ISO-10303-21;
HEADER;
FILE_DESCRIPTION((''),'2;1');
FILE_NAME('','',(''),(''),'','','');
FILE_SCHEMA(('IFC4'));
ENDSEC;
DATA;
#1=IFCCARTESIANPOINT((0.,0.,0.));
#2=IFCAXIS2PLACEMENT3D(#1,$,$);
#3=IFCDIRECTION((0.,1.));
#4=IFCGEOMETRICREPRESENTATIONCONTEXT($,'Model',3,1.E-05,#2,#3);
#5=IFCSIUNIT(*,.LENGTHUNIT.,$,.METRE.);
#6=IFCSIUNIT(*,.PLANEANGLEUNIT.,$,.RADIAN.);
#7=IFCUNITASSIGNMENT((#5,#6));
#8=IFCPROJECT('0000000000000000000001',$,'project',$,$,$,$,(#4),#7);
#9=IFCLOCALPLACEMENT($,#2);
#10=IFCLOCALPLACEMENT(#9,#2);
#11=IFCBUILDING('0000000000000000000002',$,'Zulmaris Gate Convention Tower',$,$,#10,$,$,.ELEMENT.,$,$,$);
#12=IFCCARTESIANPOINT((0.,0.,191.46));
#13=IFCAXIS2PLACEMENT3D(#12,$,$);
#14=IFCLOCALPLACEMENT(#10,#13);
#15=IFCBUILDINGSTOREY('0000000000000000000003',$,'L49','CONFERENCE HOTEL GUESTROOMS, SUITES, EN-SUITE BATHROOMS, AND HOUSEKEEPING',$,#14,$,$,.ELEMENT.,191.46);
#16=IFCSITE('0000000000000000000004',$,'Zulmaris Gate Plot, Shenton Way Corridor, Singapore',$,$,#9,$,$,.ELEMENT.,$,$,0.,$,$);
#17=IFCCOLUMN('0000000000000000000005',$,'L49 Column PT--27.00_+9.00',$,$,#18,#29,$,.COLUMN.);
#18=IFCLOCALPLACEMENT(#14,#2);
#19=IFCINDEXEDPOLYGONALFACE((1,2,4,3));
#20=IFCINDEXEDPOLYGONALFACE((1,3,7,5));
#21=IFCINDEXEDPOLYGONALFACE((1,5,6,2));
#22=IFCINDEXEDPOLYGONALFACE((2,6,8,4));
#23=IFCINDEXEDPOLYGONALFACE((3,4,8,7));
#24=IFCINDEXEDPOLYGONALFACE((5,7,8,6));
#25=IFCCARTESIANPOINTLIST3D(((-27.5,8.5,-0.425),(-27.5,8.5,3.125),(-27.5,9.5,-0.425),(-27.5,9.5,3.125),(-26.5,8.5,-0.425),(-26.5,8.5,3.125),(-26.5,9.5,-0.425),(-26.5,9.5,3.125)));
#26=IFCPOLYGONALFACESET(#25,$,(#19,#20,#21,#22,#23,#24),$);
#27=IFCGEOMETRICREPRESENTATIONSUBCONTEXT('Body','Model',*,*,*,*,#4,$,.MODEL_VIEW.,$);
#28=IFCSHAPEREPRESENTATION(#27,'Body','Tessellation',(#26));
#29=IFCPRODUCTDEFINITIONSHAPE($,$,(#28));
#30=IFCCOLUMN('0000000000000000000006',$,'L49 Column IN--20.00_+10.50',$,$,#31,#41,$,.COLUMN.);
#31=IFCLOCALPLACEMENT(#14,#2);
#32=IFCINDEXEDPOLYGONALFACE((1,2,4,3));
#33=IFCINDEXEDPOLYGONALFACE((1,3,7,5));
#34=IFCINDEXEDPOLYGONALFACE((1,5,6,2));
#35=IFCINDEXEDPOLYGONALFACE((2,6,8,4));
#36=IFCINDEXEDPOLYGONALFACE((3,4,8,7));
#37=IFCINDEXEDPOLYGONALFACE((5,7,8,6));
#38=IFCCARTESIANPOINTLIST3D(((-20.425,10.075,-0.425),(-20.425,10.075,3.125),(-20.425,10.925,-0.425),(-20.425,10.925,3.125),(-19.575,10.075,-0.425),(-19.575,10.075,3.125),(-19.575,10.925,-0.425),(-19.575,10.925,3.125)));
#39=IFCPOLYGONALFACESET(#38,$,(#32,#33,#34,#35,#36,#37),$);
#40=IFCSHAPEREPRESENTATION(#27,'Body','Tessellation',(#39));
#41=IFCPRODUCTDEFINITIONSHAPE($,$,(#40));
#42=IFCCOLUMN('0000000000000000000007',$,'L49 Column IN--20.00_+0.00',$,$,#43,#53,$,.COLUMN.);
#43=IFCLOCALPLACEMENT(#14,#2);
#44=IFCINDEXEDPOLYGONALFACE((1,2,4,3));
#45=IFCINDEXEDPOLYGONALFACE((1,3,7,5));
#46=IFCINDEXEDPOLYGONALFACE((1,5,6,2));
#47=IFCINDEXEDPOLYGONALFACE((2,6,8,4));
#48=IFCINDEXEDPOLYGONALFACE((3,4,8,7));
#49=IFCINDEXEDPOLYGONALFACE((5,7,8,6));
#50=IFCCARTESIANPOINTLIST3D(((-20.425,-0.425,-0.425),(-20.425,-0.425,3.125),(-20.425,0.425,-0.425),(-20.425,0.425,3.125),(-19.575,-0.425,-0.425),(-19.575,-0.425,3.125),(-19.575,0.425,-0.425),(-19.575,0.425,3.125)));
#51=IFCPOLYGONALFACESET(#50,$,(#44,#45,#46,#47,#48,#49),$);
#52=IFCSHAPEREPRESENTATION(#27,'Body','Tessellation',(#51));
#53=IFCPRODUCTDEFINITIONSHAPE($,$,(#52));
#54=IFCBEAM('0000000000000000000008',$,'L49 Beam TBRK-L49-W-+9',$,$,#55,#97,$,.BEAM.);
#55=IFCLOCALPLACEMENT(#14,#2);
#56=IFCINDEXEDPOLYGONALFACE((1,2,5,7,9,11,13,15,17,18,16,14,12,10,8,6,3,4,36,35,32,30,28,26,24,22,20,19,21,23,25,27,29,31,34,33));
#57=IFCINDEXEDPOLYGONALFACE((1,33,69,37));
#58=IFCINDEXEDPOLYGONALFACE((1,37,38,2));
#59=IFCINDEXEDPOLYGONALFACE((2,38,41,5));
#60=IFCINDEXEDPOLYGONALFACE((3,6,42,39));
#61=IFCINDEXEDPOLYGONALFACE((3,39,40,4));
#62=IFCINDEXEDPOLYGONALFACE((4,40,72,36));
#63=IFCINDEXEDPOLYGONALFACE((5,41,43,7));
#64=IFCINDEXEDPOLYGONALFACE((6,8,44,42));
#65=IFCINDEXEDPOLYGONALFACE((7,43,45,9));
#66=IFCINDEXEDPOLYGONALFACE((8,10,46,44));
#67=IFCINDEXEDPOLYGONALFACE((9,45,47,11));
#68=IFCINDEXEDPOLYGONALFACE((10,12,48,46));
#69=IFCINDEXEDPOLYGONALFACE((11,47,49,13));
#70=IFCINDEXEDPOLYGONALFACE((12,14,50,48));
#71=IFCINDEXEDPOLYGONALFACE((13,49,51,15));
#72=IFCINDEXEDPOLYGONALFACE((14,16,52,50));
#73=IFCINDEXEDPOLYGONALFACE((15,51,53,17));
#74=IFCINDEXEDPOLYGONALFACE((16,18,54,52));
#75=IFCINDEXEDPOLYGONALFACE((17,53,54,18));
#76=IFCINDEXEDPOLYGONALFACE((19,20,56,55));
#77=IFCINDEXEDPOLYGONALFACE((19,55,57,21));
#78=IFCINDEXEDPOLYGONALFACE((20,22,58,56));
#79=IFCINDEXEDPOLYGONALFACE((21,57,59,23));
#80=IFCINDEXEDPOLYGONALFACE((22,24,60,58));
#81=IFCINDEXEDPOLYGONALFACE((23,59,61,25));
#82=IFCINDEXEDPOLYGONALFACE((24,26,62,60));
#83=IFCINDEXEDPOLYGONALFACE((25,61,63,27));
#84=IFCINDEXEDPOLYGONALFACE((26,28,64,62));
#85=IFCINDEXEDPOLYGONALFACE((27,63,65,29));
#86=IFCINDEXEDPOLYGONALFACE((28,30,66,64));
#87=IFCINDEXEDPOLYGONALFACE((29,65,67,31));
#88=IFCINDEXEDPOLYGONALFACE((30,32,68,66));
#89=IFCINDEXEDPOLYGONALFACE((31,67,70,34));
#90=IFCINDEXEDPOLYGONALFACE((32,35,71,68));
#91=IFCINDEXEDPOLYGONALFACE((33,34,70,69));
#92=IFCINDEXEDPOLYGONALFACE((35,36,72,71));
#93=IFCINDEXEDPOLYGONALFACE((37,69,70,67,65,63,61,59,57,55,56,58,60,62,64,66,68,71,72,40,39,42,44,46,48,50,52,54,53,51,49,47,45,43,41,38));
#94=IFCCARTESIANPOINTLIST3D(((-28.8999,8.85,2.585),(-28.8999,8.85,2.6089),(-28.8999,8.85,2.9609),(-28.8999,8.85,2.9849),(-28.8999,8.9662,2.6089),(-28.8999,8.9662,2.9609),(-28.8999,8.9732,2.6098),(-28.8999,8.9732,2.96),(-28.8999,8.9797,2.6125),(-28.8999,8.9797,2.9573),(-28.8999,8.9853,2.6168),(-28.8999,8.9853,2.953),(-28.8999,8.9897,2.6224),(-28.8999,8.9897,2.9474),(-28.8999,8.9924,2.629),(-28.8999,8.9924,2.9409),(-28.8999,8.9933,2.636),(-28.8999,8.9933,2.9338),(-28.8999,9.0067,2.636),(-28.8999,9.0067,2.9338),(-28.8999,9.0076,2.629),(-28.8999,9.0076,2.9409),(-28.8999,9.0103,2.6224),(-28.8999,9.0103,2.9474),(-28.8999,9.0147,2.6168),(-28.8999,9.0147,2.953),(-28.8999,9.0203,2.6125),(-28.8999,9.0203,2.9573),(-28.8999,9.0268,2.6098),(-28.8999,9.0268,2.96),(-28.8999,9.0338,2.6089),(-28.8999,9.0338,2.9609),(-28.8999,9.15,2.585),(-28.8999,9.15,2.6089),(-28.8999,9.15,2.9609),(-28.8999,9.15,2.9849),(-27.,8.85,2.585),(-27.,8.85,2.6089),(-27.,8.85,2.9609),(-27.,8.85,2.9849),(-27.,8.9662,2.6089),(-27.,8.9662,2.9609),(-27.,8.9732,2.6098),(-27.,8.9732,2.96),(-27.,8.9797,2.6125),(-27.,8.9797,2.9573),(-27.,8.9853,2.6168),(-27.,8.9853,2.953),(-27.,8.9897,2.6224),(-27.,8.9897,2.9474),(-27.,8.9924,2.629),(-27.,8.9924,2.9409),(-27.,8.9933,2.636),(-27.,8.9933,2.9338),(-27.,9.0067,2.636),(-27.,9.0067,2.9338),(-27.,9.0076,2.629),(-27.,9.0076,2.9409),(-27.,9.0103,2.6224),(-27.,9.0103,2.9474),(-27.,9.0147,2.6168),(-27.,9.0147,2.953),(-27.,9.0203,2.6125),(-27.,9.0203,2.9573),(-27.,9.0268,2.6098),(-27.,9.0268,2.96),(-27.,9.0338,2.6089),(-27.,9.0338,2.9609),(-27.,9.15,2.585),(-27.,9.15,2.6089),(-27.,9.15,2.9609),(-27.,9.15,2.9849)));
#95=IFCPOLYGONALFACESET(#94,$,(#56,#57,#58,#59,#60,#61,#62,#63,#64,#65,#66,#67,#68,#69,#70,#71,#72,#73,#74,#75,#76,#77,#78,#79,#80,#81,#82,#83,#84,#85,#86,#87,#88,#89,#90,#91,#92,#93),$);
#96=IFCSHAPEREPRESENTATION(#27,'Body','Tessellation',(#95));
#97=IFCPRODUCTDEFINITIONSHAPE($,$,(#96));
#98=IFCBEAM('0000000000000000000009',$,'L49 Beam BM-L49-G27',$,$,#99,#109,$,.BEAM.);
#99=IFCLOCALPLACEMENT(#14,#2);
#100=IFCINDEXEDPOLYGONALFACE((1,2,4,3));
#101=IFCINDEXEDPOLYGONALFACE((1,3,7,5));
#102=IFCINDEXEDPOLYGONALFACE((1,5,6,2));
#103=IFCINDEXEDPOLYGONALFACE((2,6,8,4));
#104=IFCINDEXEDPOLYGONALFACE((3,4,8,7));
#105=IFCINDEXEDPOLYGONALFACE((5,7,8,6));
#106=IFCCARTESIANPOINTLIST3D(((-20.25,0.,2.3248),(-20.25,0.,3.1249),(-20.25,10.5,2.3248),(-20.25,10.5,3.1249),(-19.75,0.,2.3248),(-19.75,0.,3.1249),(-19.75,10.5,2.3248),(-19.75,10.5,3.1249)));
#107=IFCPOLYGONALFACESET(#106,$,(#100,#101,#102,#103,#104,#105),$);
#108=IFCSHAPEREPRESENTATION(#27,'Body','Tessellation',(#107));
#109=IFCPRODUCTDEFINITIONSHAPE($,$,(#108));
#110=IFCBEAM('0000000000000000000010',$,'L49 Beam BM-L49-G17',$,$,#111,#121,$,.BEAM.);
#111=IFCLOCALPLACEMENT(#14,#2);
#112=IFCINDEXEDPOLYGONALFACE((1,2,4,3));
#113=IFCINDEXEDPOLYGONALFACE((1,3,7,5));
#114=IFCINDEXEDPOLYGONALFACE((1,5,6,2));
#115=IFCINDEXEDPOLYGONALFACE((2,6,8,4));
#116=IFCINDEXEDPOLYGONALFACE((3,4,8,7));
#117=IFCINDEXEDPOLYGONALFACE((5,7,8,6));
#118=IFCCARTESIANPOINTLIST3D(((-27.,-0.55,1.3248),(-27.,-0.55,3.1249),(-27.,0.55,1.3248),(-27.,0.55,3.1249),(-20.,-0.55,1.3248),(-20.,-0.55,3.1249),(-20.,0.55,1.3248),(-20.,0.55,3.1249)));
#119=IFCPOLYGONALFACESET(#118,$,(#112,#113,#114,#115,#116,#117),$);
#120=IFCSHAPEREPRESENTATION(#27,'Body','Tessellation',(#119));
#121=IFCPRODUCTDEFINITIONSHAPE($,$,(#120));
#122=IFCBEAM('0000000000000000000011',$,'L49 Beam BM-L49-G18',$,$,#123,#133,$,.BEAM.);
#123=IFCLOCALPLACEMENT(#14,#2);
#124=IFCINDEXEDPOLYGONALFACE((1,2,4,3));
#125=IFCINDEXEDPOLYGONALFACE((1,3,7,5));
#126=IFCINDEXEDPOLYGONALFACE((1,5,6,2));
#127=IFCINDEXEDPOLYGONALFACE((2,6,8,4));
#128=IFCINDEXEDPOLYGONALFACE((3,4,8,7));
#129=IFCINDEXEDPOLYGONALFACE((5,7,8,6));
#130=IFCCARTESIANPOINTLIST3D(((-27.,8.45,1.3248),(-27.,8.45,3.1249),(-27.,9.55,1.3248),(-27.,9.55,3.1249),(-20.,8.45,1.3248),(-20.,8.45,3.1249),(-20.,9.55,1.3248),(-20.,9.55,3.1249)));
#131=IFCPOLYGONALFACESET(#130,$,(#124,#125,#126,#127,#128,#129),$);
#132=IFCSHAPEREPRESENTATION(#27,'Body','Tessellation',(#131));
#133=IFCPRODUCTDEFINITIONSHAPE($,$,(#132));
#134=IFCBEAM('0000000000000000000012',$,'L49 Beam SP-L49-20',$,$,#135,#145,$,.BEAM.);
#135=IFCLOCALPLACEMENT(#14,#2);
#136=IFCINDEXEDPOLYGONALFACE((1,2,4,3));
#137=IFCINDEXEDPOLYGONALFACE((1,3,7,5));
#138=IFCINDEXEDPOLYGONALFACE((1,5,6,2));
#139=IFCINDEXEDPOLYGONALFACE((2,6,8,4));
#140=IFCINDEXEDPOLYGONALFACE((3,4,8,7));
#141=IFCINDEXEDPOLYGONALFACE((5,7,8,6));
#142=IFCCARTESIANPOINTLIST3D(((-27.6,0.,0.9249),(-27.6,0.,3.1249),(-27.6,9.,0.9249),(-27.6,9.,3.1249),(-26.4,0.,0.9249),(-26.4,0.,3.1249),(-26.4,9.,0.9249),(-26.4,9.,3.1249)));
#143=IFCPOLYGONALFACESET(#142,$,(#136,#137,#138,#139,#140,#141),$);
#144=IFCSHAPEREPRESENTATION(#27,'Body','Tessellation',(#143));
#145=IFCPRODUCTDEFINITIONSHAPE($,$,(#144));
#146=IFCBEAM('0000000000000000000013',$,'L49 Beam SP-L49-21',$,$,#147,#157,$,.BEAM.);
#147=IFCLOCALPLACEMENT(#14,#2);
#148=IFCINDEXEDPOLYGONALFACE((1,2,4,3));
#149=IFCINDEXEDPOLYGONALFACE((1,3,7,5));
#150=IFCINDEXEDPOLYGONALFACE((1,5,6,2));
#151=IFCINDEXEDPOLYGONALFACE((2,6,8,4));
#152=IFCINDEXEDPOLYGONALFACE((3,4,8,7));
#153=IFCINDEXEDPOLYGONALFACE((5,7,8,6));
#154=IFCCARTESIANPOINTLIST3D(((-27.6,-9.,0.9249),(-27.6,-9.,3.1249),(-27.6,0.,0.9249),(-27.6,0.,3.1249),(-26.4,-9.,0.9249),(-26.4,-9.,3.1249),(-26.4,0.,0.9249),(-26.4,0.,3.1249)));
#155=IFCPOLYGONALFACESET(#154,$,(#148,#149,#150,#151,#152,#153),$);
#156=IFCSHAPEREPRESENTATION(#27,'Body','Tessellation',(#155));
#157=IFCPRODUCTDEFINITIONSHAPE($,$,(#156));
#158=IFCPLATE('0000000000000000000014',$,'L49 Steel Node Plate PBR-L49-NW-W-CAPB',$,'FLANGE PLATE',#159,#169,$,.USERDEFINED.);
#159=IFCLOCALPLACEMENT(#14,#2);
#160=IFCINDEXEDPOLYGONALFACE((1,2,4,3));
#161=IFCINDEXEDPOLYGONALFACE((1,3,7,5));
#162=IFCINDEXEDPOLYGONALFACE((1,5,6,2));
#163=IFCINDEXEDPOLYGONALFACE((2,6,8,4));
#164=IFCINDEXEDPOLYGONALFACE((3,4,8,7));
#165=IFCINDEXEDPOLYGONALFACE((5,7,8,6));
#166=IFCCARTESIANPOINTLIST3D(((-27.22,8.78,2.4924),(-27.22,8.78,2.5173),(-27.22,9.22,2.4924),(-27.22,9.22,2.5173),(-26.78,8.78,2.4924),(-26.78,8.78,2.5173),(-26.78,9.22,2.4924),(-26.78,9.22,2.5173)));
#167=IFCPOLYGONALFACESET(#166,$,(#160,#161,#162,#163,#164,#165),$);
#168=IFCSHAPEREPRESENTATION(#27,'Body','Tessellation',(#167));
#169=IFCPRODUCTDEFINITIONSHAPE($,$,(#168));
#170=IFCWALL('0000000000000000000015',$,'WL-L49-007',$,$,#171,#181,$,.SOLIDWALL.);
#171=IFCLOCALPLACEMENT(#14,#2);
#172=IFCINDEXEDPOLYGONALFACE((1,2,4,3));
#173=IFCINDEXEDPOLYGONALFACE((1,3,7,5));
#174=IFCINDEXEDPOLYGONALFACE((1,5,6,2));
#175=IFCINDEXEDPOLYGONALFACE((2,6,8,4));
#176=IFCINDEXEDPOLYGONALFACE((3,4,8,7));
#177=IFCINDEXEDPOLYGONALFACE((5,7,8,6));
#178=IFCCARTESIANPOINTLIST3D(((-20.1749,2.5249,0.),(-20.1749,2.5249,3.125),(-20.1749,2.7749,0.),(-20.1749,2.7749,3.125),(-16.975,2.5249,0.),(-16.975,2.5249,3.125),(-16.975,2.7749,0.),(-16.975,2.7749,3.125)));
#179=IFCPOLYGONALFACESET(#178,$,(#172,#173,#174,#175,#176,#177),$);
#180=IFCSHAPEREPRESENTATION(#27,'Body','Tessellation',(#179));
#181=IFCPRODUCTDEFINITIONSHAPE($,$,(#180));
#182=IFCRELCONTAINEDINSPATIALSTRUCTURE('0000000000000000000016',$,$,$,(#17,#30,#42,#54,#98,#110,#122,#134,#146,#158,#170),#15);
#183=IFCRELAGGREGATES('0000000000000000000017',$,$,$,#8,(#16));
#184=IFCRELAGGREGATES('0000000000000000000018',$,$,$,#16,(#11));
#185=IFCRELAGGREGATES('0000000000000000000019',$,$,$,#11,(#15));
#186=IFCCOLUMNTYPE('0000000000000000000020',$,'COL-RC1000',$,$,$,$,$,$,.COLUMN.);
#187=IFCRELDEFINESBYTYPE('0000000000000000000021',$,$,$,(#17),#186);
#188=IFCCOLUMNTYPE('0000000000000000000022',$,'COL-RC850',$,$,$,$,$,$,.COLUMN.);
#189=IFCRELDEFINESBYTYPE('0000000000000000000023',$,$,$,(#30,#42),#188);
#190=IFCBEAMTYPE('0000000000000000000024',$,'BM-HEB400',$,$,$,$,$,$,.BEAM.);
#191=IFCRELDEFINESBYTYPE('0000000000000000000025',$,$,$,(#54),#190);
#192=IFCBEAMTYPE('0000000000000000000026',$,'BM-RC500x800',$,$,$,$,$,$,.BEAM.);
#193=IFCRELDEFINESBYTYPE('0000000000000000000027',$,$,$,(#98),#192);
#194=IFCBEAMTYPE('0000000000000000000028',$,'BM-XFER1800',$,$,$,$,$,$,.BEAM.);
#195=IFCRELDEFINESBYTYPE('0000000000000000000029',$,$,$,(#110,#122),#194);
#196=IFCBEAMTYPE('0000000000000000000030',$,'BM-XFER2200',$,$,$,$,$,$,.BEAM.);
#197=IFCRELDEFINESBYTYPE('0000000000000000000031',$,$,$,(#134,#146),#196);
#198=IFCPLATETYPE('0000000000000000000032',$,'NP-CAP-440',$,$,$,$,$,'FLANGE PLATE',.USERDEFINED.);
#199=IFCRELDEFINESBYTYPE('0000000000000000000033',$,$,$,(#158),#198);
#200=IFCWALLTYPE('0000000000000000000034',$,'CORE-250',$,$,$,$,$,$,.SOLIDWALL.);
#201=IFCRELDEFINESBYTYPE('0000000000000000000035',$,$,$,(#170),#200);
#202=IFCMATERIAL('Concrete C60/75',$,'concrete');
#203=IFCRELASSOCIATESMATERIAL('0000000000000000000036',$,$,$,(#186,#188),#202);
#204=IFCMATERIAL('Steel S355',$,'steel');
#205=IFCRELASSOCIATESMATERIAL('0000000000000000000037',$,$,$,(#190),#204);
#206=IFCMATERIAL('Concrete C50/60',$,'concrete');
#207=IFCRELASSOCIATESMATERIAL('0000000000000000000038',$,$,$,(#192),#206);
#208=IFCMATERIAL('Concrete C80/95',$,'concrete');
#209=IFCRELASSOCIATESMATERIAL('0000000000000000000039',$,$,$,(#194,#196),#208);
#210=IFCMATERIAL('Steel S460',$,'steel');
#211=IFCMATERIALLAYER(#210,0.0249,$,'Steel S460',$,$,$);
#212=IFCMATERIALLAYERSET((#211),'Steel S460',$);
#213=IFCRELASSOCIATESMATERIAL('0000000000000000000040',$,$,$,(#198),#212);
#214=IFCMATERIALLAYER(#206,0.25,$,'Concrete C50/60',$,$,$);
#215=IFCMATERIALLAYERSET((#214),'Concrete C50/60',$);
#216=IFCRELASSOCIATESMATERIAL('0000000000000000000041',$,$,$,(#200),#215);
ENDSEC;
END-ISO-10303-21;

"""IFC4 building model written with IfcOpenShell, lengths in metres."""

from ifc_helpers import new_model, si_unit, direction, frame, frame_2d, origin, origin_2d, place, context, subcontext, project, spatial, rectangle, i_section, extrude, material, layer, layer_set, material_profile, profile_set, type_object, element, save


model = new_model("IFC4")

# Units and contexts
model_context = context("Model", 3, precision=1e-05, world=origin(), true_north=direction((0.0, 1.0)))
body_context = subcontext(model_context, "Body", "Model", "MODEL_VIEW")
ifc_project = project(units=[si_unit("LENGTHUNIT", "METRE"), si_unit("PLANEANGLEUNIT", "RADIAN")], contexts=[model_context])

# Site, building, storey
site_placement = place(None, origin())
site = spatial("IfcSite", under=ifc_project, at=site_placement, Name="Zulmaris Gate Plot, Shenton Way Corridor, Singapore", CompositionType="ELEMENT", RefElevation=0.0)
building_placement = place(site_placement, origin())
building = spatial("IfcBuilding", under=site, at=building_placement, Name="Zulmaris Gate Convention Tower", CompositionType="ELEMENT")
storey_placement = place(building_placement, frame((0.0, 0.0, 191.46)))
storey = spatial("IfcBuildingStorey", under=building, at=storey_placement, Name="L49", Description="CONFERENCE HOTEL GUESTROOMS, SUITES, EN-SUITE BATHROOMS, AND HOUSEKEEPING", CompositionType="ELEMENT", Elevation=191.46)

# Columns
ifc_material_1 = material(Name="Concrete C60/75", Category="concrete")
ifc_material_profile_1 = material_profile(ifc_material_1, rectangle(XDim=1.0, YDim=1.0, at=origin_2d()), Name="RC COL 1000x1000")
ifc_profile_set_1 = profile_set([ifc_material_profile_1], Name="Concrete C60/75")
column_type_1 = type_object("IfcColumnType", Name="COL-RC1000", PredefinedType="COLUMN", material=ifc_profile_set_1)
column_placement = place(storey_placement, frame((-27.0, 9.0, -0.425), z_axis=(0.0, 0.0, 1.0), x_axis=(1.0, 0.0, 0.0)))
element("IfcColumn", 1, at=column_placement, inside=storey, type_object=column_type_1, Name="L49 Column PT--27.00_+9.00", PredefinedType="COLUMN", context=body_context, shape_type="SweptSolid", body=[
    extrude(rectangle(XDim=1.0, YDim=1.0, at=origin_2d()), origin(), (0.0, 0.0, 1.0), 3.55),
])
ifc_material_profile_2 = material_profile(ifc_material_1, rectangle(XDim=0.8501, YDim=0.8501, at=origin_2d()), Name="RC COL 850x850")
ifc_profile_set_2 = profile_set([ifc_material_profile_2], Name="Concrete C60/75")
column_type_2 = type_object("IfcColumnType", Name="COL-RC850", PredefinedType="COLUMN", material=ifc_profile_set_2)
for number, where, z_axis, x_axis, name in (
    (2, (-20.0, 10.5, -0.425), (0.0, 0.0, 1.0), (1.0, 0.0, 0.0), "L49 Column IN--20.00_+10.50"),
    (3, (-20.0, 0.0, -0.425), (0.0, 0.0, 1.0), (1.0, 0.0, 0.0), "L49 Column IN--20.00_+0.00"),
):
    element("IfcColumn", number, at=place(storey_placement, frame(where, z_axis=z_axis, x_axis=x_axis)), inside=storey, type_object=column_type_2, Name=name, PredefinedType="COLUMN", context=body_context, shape_type="SweptSolid", body=[
        extrude(rectangle(XDim=0.8501, YDim=0.8501, at=origin_2d()), origin(), (0.0, 0.0, 1.0), 3.55),
    ])

# Beams
ifc_material_2 = material(Name="Steel S355", Category="steel")
ifc_material_profile_3 = material_profile(ifc_material_2, i_section(OverallWidth=0.3, OverallDepth=0.3999, WebThickness=0.0134, FlangeThickness=0.0239, FilletRadius=0.0271, at=origin_2d()), Name="HEB 400")
ifc_profile_set_3 = profile_set([ifc_material_profile_3], Name="Steel S355")
beam_type_1 = type_object("IfcBeamType", Name="BM-HEB400", PredefinedType="BEAM", material=ifc_profile_set_3)
beam_1_placement = place(storey_placement, frame((-28.8999, 9.0, 2.7849), z_axis=(1.0, 0.0, 0.0), x_axis=(0.0, 1.0, 0.0)))
element("IfcBeam", 4, at=beam_1_placement, inside=storey, type_object=beam_type_1, Name="L49 Beam TBRK-L49-W-+9", PredefinedType="BEAM", context=body_context, shape_type="SweptSolid", body=[
    extrude(i_section(OverallWidth=0.3, OverallDepth=0.3999, WebThickness=0.0134, FlangeThickness=0.0239, FilletRadius=0.0271, at=origin_2d()), origin(), (0.0, 0.0, 1.0), 1.8999),
])
ifc_material_3 = material(Name="Concrete C50/60", Category="concrete")
ifc_material_profile_4 = material_profile(ifc_material_3, rectangle(XDim=0.5, YDim=0.8, at=origin_2d()), Name="RC BEAM 500x800")
ifc_profile_set_4 = profile_set([ifc_material_profile_4], Name="Concrete C50/60")
beam_type_2 = type_object("IfcBeamType", Name="BM-RC500x800", PredefinedType="BEAM", material=ifc_profile_set_4)
beam_2_placement = place(storey_placement, frame((-20.0, 0.0, 2.7249), z_axis=(0.0, 1.0, 0.0), x_axis=(-1.0, 0.0, 0.0)))
element("IfcBeam", 5, at=beam_2_placement, inside=storey, type_object=beam_type_2, Name="L49 Beam BM-L49-G27", PredefinedType="BEAM", context=body_context, shape_type="SweptSolid", body=[
    extrude(rectangle(XDim=0.5, YDim=0.8, at=origin_2d()), origin(), (0.0, 0.0, 1.0), 10.5),
])
ifc_material_4 = material(Name="Concrete C80/95", Category="concrete")
ifc_material_profile_5 = material_profile(ifc_material_4, rectangle(XDim=1.1001, YDim=1.8, at=origin_2d()), Name="RC TRANSFER 1100x1800")
ifc_profile_set_5 = profile_set([ifc_material_profile_5], Name="Concrete C80/95")
beam_type_3 = type_object("IfcBeamType", Name="BM-XFER1800", PredefinedType="BEAM", material=ifc_profile_set_5)
for number, where, z_axis, x_axis, name in (
    (6, (-27.0, 0.0, 2.2249), (1.0, 0.0, 0.0), (0.0, 1.0, 0.0), "L49 Beam BM-L49-G17"),
    (7, (-27.0, 9.0, 2.2249), (1.0, 0.0, 0.0), (0.0, 1.0, 0.0), "L49 Beam BM-L49-G18"),
):
    element("IfcBeam", number, at=place(storey_placement, frame(where, z_axis=z_axis, x_axis=x_axis)), inside=storey, type_object=beam_type_3, Name=name, PredefinedType="BEAM", context=body_context, shape_type="SweptSolid", body=[
        extrude(rectangle(XDim=1.1001, YDim=1.8, at=origin_2d()), origin(), (0.0, 0.0, 1.0), 7.0),
    ])
ifc_material_profile_6 = material_profile(ifc_material_4, rectangle(XDim=1.2, YDim=2.2, at=origin_2d()), Name="RC TRANSFER 1200x2200")
ifc_profile_set_6 = profile_set([ifc_material_profile_6], Name="Concrete C80/95")
beam_type_4 = type_object("IfcBeamType", Name="BM-XFER2200", PredefinedType="BEAM", material=ifc_profile_set_6)
for number, where, z_axis, x_axis, name in (
    (8, (-27.0, 9.0, 2.0249), (0.0, -1.0, 0.0), (1.0, 0.0, 0.0), "L49 Beam SP-L49-20"),
    (9, (-27.0, 0.0, 2.0249), (0.0, -1.0, 0.0), (1.0, 0.0, 0.0), "L49 Beam SP-L49-21"),
):
    element("IfcBeam", number, at=place(storey_placement, frame(where, z_axis=z_axis, x_axis=x_axis)), inside=storey, type_object=beam_type_4, Name=name, PredefinedType="BEAM", context=body_context, shape_type="SweptSolid", body=[
        extrude(rectangle(XDim=1.2, YDim=2.2, at=origin_2d()), origin(), (0.0, 0.0, 1.0), 9.0),
    ])

# Plate
ifc_material_5 = material(Name="Steel S460", Category="steel")
ifc_layer_1 = layer(ifc_material_5, 0.0249, Name="Steel S460")
ifc_layer_set_1 = layer_set([ifc_layer_1], Name="Steel S460")
plate_type = type_object("IfcPlateType", Name="NP-CAP-440", ElementType="FLANGE PLATE", PredefinedType="USERDEFINED", material=ifc_layer_set_1)
plate_placement = place(storey_placement, frame((-27.0, 9.0, 2.4924), z_axis=(0.0, 0.0, 1.0), x_axis=(1.0, 0.0, 0.0)))
element("IfcPlate", 10, at=plate_placement, inside=storey, type_object=plate_type, Name="L49 Steel Node Plate PBR-L49-NW-W-CAPB", ObjectType="FLANGE PLATE", PredefinedType="USERDEFINED", context=body_context, shape_type="SweptSolid", body=[
    extrude(rectangle(XDim=0.4399, YDim=0.4399, at=origin_2d()), origin(), (0.0, 0.0, 1.0), 0.0249),
])

# Wall
ifc_layer_2 = layer(ifc_material_3, 0.25, Name="Concrete C50/60")
ifc_layer_set_2 = layer_set([ifc_layer_2], Name="Concrete C50/60")
wall_type_1 = type_object("IfcWallType", Name="CORE-250", PredefinedType="SOLIDWALL", material=ifc_layer_set_2)
for number, where, z_axis, x_axis, name in (
    (11, (-20.175, 2.6499, 0.0), (0.0, 0.0, 1.0), (1.0, 0.0, 0.0), "WL-L49-007"),
):
    element("IfcWall", number, at=place(storey_placement, frame(where, z_axis=z_axis, x_axis=x_axis)), inside=storey, type_object=wall_type_1, Name=name, PredefinedType="SOLIDWALL", context=body_context, shape_type="SweptSolid", body=[
        extrude(rectangle(XDim=3.2, YDim=0.25, at=frame_2d((1.6001, 0.0))), origin(), (0.0, 0.0, 1.0), 3.125),
    ])

save(model, "model.ifc")
